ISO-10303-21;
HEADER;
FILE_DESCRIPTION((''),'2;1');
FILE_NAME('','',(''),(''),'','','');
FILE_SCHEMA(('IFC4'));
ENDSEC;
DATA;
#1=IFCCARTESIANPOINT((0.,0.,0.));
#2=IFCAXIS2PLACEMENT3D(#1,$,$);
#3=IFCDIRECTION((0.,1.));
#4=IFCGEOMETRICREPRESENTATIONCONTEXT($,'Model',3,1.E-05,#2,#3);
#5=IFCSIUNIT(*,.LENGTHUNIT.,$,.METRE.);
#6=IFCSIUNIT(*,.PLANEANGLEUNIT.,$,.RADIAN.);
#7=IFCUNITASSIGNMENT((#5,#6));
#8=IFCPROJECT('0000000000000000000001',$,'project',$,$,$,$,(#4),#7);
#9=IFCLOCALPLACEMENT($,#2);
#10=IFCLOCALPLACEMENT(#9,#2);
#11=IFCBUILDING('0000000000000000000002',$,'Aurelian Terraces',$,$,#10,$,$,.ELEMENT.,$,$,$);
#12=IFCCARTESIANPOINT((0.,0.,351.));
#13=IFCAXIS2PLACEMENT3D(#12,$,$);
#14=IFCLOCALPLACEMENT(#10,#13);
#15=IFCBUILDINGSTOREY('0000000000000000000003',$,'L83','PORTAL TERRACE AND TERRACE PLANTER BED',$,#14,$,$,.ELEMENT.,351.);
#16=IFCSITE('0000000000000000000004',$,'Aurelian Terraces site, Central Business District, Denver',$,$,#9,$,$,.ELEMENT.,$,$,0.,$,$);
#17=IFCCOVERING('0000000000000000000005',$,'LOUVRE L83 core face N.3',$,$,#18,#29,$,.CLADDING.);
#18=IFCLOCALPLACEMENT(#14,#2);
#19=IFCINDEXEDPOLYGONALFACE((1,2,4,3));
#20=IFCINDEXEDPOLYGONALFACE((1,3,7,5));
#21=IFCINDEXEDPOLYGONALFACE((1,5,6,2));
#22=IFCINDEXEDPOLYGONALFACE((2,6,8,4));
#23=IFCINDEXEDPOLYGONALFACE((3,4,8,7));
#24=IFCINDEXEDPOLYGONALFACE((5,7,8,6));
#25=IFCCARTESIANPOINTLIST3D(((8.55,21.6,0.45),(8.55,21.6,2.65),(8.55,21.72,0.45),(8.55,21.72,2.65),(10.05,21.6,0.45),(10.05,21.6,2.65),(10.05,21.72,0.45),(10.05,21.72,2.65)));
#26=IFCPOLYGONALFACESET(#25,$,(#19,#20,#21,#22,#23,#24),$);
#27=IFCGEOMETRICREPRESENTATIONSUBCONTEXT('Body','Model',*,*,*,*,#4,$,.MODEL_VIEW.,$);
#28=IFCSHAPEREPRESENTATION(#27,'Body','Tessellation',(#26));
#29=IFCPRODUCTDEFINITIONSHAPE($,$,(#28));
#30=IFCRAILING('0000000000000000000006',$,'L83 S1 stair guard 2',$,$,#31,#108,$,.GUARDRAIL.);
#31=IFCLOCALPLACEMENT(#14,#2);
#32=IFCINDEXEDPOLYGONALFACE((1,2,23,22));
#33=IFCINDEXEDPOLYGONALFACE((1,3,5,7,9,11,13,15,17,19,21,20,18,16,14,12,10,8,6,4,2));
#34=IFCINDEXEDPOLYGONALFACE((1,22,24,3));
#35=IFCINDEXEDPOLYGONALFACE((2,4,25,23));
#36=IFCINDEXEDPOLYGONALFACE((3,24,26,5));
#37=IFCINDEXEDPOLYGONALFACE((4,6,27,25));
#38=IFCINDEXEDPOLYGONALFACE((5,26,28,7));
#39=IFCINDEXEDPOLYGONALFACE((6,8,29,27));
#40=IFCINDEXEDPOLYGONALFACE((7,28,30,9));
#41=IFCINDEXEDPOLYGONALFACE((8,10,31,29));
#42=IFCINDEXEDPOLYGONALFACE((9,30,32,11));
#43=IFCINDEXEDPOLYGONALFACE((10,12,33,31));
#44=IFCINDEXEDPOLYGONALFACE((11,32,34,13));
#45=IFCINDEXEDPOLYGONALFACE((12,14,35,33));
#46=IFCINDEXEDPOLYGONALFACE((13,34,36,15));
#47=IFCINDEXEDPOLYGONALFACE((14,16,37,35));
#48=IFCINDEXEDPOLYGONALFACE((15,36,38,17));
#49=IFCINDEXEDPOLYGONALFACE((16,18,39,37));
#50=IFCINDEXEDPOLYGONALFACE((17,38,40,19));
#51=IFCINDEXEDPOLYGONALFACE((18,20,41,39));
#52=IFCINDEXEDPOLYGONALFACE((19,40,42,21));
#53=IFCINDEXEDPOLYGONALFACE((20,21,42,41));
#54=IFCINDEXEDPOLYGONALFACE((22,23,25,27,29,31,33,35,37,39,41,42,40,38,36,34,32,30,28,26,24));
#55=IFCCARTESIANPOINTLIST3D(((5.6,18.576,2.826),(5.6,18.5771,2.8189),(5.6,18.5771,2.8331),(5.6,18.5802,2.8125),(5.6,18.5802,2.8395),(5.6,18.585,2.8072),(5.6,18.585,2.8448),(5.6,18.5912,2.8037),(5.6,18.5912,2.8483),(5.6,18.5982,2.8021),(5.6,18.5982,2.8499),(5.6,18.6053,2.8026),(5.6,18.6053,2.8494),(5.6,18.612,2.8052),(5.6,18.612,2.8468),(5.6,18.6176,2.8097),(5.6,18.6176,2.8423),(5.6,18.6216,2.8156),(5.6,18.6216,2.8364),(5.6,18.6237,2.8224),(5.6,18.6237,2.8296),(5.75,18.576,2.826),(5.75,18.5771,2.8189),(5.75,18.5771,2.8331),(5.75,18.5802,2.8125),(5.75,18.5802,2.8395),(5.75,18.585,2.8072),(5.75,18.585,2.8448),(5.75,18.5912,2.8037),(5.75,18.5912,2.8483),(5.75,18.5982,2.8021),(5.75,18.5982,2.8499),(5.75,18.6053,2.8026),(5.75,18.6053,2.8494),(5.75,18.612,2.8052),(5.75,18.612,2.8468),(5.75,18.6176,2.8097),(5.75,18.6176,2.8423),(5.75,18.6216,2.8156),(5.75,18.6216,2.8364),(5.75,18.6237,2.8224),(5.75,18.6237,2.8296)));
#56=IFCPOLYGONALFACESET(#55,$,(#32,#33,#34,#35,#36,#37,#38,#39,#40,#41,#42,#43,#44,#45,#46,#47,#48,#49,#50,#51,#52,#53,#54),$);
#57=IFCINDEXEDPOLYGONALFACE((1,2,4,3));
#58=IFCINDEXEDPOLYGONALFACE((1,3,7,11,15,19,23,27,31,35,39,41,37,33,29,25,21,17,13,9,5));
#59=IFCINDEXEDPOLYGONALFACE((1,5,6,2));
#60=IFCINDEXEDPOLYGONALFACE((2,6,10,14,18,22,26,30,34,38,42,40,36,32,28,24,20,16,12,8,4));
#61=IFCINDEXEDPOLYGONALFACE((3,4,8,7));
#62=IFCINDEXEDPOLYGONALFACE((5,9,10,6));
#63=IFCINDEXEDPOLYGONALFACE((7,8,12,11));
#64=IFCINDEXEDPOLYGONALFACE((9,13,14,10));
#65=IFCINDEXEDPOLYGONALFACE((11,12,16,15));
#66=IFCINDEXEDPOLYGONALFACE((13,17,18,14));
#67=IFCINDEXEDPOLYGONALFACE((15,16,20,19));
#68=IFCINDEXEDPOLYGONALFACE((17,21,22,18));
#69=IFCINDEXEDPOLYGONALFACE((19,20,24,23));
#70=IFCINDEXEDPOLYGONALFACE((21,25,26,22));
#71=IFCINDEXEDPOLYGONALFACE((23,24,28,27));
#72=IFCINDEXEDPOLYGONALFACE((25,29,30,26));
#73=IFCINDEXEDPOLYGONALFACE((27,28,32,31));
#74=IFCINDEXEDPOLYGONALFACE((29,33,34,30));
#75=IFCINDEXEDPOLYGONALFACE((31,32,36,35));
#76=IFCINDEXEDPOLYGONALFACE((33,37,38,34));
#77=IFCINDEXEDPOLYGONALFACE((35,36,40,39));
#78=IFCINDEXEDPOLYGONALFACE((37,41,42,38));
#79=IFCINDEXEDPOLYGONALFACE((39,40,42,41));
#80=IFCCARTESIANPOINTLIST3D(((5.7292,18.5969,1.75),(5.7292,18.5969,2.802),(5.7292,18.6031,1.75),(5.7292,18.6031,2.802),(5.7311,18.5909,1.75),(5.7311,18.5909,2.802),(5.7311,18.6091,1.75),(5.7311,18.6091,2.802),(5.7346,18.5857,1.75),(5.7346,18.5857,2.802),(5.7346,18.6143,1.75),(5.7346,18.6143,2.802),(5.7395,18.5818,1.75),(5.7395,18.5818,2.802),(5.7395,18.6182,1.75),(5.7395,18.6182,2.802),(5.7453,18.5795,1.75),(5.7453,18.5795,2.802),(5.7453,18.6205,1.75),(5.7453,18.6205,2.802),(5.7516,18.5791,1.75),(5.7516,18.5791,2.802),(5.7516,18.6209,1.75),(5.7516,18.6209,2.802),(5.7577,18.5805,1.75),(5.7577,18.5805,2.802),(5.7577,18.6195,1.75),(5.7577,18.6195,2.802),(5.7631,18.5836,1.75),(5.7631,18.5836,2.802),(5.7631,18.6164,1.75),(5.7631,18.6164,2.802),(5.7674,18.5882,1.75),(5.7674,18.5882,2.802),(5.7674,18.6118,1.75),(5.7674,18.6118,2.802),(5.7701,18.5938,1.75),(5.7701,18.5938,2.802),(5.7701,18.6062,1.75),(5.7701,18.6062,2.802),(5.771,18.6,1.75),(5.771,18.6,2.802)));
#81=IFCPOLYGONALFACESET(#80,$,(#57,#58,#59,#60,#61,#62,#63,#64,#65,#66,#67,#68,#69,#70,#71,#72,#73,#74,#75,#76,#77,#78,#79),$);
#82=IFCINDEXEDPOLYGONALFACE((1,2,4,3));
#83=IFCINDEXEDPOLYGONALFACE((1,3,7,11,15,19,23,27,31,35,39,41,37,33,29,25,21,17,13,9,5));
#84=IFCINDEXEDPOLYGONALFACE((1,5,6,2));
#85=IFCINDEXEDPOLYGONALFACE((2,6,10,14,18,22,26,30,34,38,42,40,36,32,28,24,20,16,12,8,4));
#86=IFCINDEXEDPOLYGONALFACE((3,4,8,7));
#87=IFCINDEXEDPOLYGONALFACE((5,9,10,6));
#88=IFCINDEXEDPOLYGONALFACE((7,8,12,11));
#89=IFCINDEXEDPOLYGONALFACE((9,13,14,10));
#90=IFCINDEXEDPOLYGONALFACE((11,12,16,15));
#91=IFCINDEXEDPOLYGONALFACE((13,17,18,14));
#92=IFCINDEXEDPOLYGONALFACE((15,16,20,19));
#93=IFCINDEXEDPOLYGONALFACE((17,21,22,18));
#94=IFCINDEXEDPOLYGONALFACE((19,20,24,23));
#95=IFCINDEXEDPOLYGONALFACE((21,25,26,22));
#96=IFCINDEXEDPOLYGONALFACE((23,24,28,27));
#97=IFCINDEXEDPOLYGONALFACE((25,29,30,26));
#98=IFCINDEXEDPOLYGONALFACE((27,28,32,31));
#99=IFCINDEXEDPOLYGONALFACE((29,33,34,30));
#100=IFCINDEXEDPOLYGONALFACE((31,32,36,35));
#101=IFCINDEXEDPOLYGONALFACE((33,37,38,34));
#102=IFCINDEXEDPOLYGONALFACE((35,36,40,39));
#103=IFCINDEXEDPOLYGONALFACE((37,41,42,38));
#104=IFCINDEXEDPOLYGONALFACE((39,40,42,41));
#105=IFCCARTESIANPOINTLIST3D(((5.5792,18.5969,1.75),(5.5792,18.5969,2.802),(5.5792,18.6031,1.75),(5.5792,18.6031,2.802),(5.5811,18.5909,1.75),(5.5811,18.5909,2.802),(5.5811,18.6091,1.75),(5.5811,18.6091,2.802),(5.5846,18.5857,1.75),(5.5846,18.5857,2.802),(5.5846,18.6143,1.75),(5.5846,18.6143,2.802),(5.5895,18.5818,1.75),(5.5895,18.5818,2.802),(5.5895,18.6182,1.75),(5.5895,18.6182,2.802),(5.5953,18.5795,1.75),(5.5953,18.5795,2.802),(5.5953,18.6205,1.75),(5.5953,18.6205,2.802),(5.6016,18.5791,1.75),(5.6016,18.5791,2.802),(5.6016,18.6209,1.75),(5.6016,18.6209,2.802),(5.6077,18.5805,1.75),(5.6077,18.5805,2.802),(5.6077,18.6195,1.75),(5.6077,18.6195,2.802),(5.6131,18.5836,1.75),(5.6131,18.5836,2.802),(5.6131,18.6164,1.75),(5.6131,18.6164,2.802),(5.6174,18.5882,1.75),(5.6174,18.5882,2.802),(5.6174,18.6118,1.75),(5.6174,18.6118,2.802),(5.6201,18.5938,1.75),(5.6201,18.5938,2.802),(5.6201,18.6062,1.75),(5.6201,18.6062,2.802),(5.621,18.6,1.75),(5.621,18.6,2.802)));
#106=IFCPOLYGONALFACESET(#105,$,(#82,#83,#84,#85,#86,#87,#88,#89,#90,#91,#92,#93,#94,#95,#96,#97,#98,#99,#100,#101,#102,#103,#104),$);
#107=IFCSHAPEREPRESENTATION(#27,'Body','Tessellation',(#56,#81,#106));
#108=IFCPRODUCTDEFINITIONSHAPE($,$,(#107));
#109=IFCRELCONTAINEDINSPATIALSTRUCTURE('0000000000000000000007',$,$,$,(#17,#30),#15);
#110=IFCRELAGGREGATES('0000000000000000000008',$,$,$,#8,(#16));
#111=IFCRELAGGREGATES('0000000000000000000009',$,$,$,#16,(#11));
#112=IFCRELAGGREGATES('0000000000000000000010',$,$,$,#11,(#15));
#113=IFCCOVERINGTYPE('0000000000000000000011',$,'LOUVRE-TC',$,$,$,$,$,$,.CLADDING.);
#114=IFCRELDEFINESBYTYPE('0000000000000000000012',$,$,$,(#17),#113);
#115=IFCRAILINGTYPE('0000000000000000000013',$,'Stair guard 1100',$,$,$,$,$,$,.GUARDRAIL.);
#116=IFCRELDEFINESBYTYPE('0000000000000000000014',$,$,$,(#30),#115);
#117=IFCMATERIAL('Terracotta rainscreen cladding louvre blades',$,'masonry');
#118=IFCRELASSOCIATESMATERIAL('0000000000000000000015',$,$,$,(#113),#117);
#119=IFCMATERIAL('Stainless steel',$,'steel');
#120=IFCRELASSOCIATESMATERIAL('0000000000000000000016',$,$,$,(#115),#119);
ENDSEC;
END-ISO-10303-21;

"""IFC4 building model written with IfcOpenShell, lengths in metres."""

from ifc_helpers import new_model, si_unit, direction, frame, origin, origin_2d, place, context, subcontext, project, spatial, rectangle, circle, extrude, source, transform, mapped, material, type_object, element, save


model = new_model("IFC4")

# Units and contexts
model_context = context("Model", 3, precision=1e-05, world=origin(), true_north=direction((0.0, 1.0)))
body_context = subcontext(model_context, "Body", "Model", "MODEL_VIEW")
ifc_project = project(units=[si_unit("LENGTHUNIT", "METRE"), si_unit("PLANEANGLEUNIT", "RADIAN")], contexts=[model_context])

# Site, building, storey
site_placement = place(None, origin())
site = spatial("IfcSite", under=ifc_project, at=site_placement, Name="Aurelian Terraces site, Central Business District, Denver", CompositionType="ELEMENT", RefElevation=0.0)
building_placement = place(site_placement, origin())
building = spatial("IfcBuilding", under=site, at=building_placement, Name="Aurelian Terraces", CompositionType="ELEMENT")
storey_placement = place(building_placement, frame((0.0, 0.0, 351.0)))
storey = spatial("IfcBuildingStorey", under=building, at=storey_placement, Name="L83", Description="PORTAL TERRACE AND TERRACE PLANTER BED", CompositionType="ELEMENT", Elevation=351.0)

# Covering
ifc_material_1 = material(Name="Terracotta rainscreen cladding louvre blades", Category="masonry")
covering_type_1 = type_object("IfcCoveringType", Name="LOUVRE-TC", PredefinedType="CLADDING", material=ifc_material_1)
shared_shape_1 = source(origin(), body_context, "Body", "SweptSolid", [
    extrude(rectangle(XDim=1.5, YDim=0.12, at=origin_2d()), origin(), (0.0, 0.0, 1.0), 2.2),
])
covering_1_placement = place(storey_placement, frame((9.3, 21.66, 0.45), z_axis=(0.0, 0.0, 1.0), x_axis=(1.0, 0.0, 0.0)))
element("IfcCovering", 1, at=covering_1_placement, inside=storey, type_object=covering_type_1, Name="LOUVRE L83 core face N.3", PredefinedType="CLADDING", context=body_context, shape_type="MappedRepresentation", body=[
    mapped(shared_shape_1, transform((0.0, 0.0, 0.0), scale=1.0)),
])

# Railing
ifc_material_2 = material(Name="Stainless steel", Category="steel")
railing_type_1 = type_object("IfcRailingType", Name="Stair guard 1100", PredefinedType="GUARDRAIL", material=ifc_material_2)
shared_shape_2 = source(origin(), body_context, "Body", "SweptSolid", [
    extrude(circle(Radius=0.024, at=origin_2d()), frame((0.0, 0.0, 1.076), z_axis=(-1.0, 0.0, 0.0), x_axis=(0.0, -1.0, 0.0)), (0.0, 0.0, 1.0), 0.15),
    extrude(circle(Radius=0.021, at=origin_2d()), origin(), (0.0, 0.0, 1.0), 1.052),
    extrude(circle(Radius=0.021, at=origin_2d()), frame((-0.15, 0.0, 0.0)), (0.0, 0.0, 1.0), 1.052),
])
railing_1_placement = place(storey_placement, frame((5.75, 18.6, 1.75)))
element("IfcRailing", 2, at=railing_1_placement, inside=storey, type_object=railing_type_1, Name="L83 S1 stair guard 2", PredefinedType="GUARDRAIL", context=body_context, shape_type="MappedRepresentation", body=[
    mapped(shared_shape_2, transform((0.0, 0.0, 0.0), scale=1.0)),
])

save(model, "model.ifc")
